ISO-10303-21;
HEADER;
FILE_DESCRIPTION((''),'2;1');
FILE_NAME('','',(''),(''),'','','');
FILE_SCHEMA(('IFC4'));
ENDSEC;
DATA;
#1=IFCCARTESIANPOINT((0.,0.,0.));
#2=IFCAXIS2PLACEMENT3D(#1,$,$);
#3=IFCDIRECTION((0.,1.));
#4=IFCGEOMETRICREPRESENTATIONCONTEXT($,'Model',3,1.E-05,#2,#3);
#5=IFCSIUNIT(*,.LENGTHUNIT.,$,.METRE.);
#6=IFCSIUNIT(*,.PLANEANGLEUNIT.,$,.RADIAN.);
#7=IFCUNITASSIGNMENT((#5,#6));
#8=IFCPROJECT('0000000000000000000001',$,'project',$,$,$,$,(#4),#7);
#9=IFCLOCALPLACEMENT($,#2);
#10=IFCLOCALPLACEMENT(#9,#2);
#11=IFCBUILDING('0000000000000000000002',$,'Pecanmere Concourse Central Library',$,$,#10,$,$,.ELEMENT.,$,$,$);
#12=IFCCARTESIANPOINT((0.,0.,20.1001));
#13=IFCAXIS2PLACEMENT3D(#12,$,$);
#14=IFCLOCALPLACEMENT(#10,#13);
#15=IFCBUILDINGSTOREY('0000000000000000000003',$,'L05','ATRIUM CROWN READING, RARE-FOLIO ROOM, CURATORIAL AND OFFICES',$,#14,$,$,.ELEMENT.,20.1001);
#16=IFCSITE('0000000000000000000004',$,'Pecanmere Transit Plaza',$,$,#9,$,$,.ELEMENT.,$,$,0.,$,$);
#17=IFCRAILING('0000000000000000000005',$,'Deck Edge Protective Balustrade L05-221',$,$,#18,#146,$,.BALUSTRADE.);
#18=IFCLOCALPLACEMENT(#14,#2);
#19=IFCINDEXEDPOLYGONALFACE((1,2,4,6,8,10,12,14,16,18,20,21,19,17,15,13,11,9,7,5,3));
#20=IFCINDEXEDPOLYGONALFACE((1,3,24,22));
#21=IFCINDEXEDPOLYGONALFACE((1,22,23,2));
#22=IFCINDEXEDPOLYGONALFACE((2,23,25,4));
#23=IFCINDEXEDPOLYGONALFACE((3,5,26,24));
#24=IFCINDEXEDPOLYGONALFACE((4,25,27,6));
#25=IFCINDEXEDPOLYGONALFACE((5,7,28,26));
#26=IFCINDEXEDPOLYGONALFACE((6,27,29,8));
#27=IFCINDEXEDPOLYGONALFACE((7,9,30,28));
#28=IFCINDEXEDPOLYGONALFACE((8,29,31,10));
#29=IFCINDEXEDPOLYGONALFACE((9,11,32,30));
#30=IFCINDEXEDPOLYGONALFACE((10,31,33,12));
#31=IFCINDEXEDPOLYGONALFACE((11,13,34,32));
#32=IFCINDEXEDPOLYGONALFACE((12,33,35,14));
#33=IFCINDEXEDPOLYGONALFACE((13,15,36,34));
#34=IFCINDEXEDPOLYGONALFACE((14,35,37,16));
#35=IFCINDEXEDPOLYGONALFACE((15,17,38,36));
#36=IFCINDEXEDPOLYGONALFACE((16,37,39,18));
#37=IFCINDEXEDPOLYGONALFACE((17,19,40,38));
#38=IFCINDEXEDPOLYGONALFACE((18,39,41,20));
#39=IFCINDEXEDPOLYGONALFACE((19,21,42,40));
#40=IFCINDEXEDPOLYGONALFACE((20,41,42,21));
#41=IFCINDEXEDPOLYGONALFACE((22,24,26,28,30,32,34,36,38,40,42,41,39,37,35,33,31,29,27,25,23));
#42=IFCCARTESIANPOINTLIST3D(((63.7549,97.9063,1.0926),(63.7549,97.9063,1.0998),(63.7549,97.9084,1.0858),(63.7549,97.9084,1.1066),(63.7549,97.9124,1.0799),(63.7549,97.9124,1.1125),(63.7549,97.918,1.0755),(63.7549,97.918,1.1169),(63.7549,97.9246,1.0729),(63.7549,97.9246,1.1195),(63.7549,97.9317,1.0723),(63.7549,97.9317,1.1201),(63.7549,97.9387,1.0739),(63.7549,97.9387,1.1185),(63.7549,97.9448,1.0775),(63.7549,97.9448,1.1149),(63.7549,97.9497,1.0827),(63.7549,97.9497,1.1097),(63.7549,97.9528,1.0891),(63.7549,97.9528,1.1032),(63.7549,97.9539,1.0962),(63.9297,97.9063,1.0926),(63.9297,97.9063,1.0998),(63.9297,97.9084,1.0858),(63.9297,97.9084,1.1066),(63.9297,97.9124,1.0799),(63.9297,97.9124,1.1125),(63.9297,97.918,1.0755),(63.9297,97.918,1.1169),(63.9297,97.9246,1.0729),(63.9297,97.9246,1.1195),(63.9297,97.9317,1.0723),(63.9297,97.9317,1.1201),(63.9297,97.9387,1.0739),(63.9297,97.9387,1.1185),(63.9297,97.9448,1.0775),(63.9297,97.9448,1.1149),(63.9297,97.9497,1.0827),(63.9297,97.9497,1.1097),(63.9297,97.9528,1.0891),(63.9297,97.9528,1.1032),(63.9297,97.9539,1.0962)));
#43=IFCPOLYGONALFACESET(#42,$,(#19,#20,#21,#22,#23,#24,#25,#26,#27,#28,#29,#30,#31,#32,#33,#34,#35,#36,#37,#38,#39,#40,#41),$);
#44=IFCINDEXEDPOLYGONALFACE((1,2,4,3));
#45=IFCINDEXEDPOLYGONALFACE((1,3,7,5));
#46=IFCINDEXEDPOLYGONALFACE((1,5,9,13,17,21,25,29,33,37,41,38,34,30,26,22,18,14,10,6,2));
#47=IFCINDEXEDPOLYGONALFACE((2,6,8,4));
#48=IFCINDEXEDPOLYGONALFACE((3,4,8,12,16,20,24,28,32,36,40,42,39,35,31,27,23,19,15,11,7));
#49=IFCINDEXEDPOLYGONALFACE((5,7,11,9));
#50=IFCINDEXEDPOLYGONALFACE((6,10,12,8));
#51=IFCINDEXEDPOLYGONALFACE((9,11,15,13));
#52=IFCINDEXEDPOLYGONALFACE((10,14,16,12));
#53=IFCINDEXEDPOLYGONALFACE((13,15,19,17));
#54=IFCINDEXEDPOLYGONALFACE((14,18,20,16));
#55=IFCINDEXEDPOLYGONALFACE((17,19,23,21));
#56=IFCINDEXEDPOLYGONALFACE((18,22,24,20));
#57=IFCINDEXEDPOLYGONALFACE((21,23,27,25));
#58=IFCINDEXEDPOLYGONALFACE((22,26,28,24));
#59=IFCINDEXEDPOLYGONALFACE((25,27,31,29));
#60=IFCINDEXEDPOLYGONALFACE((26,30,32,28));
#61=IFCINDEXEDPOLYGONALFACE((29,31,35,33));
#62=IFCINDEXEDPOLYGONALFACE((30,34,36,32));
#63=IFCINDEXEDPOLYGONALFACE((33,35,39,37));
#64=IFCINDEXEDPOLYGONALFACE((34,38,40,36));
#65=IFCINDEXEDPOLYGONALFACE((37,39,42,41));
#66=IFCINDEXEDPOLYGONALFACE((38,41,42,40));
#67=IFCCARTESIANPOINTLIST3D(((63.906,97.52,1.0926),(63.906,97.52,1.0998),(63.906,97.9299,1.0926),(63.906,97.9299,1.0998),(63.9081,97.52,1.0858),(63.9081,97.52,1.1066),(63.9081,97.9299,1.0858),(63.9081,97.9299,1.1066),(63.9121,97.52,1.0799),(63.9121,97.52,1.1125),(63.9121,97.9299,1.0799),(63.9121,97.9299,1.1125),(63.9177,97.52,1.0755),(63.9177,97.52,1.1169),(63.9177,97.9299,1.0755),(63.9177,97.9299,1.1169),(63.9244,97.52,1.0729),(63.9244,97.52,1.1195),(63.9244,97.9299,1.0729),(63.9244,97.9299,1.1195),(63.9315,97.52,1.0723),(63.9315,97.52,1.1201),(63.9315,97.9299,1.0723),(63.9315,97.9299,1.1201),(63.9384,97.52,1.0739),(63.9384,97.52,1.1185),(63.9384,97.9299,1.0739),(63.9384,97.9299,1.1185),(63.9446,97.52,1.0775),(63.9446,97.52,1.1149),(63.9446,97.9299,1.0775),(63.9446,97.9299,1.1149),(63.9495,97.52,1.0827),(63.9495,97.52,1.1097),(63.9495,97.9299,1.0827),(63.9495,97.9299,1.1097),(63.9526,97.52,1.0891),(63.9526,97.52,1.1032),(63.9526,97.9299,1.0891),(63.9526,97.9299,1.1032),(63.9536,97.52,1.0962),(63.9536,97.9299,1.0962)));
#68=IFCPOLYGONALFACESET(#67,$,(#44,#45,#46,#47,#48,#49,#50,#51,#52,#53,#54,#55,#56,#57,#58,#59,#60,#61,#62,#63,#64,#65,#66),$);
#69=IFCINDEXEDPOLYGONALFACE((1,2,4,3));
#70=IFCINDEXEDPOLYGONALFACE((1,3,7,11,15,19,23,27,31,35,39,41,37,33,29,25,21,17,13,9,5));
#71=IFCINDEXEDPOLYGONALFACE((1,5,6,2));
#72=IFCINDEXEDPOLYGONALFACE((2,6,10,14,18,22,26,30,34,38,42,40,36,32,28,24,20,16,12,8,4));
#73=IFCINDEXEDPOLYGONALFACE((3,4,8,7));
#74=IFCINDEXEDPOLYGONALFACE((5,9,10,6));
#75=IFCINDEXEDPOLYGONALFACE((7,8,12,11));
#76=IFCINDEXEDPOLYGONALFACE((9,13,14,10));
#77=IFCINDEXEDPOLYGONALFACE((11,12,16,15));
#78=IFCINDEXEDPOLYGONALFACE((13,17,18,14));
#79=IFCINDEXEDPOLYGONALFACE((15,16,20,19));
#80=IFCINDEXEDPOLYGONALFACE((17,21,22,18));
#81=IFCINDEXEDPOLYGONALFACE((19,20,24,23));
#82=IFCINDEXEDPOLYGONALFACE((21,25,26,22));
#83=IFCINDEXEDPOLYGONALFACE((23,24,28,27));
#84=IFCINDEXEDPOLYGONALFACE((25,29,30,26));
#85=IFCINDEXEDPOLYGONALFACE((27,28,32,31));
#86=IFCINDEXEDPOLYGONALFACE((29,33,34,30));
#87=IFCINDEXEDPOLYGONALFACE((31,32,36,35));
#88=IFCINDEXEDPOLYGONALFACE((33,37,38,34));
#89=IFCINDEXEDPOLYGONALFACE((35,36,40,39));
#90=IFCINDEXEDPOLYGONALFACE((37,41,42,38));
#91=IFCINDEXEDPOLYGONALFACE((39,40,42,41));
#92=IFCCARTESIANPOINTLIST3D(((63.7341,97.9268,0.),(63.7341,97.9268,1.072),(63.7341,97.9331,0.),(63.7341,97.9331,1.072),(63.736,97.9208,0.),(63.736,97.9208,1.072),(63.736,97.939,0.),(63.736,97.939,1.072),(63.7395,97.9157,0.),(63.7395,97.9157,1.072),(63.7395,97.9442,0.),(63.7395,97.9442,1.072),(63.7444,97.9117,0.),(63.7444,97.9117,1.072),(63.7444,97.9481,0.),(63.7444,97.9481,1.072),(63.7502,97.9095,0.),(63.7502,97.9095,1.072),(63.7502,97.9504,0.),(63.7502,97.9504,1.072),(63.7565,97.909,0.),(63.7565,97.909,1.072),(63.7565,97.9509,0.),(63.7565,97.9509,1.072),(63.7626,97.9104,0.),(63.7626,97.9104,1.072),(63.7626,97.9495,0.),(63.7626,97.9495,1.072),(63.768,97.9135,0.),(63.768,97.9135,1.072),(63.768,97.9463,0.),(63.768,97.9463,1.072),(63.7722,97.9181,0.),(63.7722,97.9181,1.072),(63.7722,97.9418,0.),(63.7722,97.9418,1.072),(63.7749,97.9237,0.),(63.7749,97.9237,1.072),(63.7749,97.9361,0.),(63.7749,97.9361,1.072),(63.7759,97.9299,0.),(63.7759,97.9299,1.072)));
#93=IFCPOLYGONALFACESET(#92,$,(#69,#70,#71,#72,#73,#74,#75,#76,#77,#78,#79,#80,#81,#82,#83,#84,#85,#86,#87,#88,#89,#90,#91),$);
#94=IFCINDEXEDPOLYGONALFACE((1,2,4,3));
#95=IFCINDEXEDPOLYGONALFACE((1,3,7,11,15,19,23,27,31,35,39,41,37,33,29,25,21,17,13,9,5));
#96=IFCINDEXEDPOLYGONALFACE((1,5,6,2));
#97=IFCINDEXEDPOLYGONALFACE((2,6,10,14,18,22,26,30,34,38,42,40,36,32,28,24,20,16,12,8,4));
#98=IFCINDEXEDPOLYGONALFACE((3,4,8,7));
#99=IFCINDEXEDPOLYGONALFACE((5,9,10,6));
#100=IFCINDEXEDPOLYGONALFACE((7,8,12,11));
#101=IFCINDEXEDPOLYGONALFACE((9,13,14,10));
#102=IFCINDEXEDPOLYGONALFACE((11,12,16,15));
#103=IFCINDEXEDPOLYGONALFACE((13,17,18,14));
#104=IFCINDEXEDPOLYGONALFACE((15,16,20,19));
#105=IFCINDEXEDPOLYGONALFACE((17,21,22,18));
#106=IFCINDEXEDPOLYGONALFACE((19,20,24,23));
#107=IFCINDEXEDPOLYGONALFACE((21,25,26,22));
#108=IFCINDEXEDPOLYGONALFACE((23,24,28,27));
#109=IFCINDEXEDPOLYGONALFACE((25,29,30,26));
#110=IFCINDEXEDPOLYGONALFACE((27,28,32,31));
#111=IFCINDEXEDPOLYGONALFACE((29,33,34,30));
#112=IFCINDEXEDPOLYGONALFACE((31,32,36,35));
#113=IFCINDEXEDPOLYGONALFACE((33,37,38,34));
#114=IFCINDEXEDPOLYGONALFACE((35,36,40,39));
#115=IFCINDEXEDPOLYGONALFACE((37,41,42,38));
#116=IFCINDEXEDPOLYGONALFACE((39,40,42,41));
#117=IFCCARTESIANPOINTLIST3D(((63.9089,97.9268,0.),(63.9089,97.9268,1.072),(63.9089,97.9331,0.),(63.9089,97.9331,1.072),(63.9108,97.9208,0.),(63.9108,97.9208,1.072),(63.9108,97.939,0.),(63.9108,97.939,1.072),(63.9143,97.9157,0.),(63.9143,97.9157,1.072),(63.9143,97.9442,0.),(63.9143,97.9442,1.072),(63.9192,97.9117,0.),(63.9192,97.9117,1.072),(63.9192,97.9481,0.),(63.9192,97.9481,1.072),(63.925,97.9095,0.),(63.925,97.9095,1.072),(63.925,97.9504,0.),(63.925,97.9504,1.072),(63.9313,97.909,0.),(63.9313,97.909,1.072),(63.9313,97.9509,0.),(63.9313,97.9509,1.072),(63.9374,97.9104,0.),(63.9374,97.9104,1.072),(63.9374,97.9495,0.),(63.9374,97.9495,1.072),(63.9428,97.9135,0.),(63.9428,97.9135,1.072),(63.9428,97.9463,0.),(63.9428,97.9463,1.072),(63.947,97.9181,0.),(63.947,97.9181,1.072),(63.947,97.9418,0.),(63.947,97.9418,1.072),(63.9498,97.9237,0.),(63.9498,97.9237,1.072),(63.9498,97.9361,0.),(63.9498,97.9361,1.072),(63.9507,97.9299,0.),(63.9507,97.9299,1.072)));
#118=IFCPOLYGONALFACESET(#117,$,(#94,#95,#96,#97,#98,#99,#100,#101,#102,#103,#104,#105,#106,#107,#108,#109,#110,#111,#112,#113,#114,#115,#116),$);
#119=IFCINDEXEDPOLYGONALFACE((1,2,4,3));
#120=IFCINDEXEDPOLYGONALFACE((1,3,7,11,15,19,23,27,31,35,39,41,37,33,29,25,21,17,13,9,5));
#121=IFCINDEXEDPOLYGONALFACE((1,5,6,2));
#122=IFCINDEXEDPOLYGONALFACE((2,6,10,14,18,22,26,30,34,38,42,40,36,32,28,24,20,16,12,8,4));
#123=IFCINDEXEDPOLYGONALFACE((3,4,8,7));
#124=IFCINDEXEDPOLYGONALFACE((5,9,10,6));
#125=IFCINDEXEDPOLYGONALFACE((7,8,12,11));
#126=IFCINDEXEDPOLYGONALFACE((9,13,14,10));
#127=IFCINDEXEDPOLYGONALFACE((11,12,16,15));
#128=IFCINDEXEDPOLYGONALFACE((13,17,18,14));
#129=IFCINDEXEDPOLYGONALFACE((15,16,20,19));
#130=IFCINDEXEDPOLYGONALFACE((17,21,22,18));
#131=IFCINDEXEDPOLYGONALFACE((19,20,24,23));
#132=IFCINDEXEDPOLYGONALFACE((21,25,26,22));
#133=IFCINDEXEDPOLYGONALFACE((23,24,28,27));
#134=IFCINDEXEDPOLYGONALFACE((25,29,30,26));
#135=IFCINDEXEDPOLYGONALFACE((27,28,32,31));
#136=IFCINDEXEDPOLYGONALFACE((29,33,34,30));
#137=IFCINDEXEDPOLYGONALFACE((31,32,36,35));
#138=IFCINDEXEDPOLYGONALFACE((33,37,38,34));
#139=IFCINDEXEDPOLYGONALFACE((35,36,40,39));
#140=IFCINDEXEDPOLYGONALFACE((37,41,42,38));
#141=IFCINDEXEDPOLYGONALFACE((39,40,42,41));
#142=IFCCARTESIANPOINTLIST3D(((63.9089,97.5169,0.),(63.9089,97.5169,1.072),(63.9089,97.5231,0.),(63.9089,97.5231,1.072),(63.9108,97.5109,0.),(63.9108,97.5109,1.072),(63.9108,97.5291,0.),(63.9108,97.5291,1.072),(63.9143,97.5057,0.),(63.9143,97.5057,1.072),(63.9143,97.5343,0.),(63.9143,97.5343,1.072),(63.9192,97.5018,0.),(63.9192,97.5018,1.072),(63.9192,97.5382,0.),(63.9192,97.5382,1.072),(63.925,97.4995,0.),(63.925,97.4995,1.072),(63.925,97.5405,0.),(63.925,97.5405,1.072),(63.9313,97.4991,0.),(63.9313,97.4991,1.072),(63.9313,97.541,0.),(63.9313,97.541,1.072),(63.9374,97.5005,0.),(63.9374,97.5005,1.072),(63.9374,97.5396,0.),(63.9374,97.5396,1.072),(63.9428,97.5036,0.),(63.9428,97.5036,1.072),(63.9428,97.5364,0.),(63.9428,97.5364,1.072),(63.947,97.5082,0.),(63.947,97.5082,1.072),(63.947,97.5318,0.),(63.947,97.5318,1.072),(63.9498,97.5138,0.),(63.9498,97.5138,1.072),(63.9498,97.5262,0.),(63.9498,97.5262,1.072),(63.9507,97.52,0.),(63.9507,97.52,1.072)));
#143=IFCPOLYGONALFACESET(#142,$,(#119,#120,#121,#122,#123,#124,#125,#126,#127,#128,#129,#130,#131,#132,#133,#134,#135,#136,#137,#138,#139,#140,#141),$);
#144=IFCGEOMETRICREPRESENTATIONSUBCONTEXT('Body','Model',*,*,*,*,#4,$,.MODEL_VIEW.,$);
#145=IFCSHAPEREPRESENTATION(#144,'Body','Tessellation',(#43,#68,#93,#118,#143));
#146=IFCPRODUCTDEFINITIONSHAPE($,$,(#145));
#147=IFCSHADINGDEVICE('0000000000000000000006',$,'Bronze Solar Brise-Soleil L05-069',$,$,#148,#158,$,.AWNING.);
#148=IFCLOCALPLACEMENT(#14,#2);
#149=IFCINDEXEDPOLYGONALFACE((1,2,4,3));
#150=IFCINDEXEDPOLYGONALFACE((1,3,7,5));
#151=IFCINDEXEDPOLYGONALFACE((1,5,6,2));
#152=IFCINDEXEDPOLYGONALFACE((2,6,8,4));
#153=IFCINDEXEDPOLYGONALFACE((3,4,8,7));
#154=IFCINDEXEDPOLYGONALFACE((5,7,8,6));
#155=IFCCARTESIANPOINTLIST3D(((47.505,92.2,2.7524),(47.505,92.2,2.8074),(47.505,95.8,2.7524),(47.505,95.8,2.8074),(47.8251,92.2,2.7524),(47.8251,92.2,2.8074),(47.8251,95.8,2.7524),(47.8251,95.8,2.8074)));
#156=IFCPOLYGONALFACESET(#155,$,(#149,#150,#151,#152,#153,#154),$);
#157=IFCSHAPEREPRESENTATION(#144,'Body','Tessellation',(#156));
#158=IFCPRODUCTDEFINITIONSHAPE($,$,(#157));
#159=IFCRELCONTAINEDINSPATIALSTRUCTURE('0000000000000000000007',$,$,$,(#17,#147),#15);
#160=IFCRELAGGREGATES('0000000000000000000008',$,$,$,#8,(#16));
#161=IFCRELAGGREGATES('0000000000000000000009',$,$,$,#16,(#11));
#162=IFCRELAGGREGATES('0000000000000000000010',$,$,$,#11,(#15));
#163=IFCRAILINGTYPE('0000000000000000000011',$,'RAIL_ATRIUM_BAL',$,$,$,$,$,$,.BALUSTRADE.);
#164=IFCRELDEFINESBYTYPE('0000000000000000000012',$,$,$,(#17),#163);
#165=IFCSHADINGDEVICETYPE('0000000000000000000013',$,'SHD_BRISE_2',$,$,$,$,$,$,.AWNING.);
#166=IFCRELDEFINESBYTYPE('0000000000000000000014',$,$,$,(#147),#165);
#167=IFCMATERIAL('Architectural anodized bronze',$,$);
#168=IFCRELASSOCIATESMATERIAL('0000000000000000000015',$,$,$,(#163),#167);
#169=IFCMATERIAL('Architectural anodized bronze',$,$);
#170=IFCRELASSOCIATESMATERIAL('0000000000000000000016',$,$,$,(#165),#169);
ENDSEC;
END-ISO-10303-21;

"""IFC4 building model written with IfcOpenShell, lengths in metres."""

from ifc_helpers import new_model, si_unit, direction, frame, origin, origin_2d, place, context, subcontext, project, spatial, rectangle, circle, extrude, material, type_object, element, save


model = new_model("IFC4")

# Units and contexts
model_context = context("Model", 3, precision=1e-05, world=origin(), true_north=direction((0.0, 1.0)))
body_context = subcontext(model_context, "Body", "Model", "MODEL_VIEW")
ifc_project = project(units=[si_unit("LENGTHUNIT", "METRE"), si_unit("PLANEANGLEUNIT", "RADIAN")], contexts=[model_context])

# Site, building, storey
site_placement = place(None, origin())
site = spatial("IfcSite", under=ifc_project, at=site_placement, Name="Pecanmere Transit Plaza", CompositionType="ELEMENT", RefElevation=0.0)
building_placement = place(site_placement, origin())
building = spatial("IfcBuilding", under=site, at=building_placement, Name="Pecanmere Concourse Central Library", CompositionType="ELEMENT")
storey_placement = place(building_placement, frame((0.0, 0.0, 20.1001)))
storey = spatial("IfcBuildingStorey", under=building, at=storey_placement, Name="L05", Description="ATRIUM CROWN READING, RARE-FOLIO ROOM, CURATORIAL AND OFFICES", CompositionType="ELEMENT", Elevation=20.1001)

# Railing
ifc_material_1 = material(Name="Architectural anodized bronze")
railing_type = type_object("IfcRailingType", Name="RAIL_ATRIUM_BAL", PredefinedType="BALUSTRADE", material=ifc_material_1)
railing_1_placement = place(storey_placement, frame((63.7549, 97.9299, 0.0)))
element("IfcRailing", 1, at=railing_1_placement, inside=storey, type_object=railing_type, Name="Deck Edge Protective Balustrade L05-221", PredefinedType="BALUSTRADE", context=body_context, shape_type="SweptSolid", body=[
    extrude(circle(Radius=0.0239, at=origin_2d()), frame((0.0, 0.0, 1.0962), z_axis=(1.0, 0.0, 0.0), x_axis=(0.0, 1.0, 0.0)), (0.0, 0.0, 1.0), 0.1748),
    extrude(circle(Radius=0.0239, at=origin_2d()), frame((0.1748, 0.0, 1.0962), z_axis=(0.0, -1.0, 0.0), x_axis=(1.0, 0.0, 0.0)), (0.0, 0.0, 1.0), 0.4099),
    extrude(circle(Radius=0.021, at=origin_2d()), origin(), (0.0, 0.0, 1.0), 1.072),
    extrude(circle(Radius=0.021, at=origin_2d()), frame((0.1748, 0.0, 0.0)), (0.0, 0.0, 1.0), 1.072),
    extrude(circle(Radius=0.021, at=origin_2d()), frame((0.1748, -0.4099, 0.0)), (0.0, 0.0, 1.0), 1.072),
])

# Shading device
ifc_material_2 = material(Name="Architectural anodized bronze")
shading_device_type = type_object("IfcShadingDeviceType", Name="SHD_BRISE_2", PredefinedType="AWNING", material=ifc_material_2)
shading_device_placement = place(storey_placement, frame((47.665, 94.0, 2.7524), z_axis=(0.0, 0.0, 1.0), x_axis=(0.0, -1.0, 0.0)))
element("IfcShadingDevice", 2, at=shading_device_placement, inside=storey, type_object=shading_device_type, Name="Bronze Solar Brise-Soleil L05-069", PredefinedType="AWNING", context=body_context, shape_type="SweptSolid", body=[
    extrude(rectangle(XDim=3.6001, YDim=0.3201, at=origin_2d()), origin(), (0.0, 0.0, 1.0), 0.0549),
])

save(model, "model.ifc")
